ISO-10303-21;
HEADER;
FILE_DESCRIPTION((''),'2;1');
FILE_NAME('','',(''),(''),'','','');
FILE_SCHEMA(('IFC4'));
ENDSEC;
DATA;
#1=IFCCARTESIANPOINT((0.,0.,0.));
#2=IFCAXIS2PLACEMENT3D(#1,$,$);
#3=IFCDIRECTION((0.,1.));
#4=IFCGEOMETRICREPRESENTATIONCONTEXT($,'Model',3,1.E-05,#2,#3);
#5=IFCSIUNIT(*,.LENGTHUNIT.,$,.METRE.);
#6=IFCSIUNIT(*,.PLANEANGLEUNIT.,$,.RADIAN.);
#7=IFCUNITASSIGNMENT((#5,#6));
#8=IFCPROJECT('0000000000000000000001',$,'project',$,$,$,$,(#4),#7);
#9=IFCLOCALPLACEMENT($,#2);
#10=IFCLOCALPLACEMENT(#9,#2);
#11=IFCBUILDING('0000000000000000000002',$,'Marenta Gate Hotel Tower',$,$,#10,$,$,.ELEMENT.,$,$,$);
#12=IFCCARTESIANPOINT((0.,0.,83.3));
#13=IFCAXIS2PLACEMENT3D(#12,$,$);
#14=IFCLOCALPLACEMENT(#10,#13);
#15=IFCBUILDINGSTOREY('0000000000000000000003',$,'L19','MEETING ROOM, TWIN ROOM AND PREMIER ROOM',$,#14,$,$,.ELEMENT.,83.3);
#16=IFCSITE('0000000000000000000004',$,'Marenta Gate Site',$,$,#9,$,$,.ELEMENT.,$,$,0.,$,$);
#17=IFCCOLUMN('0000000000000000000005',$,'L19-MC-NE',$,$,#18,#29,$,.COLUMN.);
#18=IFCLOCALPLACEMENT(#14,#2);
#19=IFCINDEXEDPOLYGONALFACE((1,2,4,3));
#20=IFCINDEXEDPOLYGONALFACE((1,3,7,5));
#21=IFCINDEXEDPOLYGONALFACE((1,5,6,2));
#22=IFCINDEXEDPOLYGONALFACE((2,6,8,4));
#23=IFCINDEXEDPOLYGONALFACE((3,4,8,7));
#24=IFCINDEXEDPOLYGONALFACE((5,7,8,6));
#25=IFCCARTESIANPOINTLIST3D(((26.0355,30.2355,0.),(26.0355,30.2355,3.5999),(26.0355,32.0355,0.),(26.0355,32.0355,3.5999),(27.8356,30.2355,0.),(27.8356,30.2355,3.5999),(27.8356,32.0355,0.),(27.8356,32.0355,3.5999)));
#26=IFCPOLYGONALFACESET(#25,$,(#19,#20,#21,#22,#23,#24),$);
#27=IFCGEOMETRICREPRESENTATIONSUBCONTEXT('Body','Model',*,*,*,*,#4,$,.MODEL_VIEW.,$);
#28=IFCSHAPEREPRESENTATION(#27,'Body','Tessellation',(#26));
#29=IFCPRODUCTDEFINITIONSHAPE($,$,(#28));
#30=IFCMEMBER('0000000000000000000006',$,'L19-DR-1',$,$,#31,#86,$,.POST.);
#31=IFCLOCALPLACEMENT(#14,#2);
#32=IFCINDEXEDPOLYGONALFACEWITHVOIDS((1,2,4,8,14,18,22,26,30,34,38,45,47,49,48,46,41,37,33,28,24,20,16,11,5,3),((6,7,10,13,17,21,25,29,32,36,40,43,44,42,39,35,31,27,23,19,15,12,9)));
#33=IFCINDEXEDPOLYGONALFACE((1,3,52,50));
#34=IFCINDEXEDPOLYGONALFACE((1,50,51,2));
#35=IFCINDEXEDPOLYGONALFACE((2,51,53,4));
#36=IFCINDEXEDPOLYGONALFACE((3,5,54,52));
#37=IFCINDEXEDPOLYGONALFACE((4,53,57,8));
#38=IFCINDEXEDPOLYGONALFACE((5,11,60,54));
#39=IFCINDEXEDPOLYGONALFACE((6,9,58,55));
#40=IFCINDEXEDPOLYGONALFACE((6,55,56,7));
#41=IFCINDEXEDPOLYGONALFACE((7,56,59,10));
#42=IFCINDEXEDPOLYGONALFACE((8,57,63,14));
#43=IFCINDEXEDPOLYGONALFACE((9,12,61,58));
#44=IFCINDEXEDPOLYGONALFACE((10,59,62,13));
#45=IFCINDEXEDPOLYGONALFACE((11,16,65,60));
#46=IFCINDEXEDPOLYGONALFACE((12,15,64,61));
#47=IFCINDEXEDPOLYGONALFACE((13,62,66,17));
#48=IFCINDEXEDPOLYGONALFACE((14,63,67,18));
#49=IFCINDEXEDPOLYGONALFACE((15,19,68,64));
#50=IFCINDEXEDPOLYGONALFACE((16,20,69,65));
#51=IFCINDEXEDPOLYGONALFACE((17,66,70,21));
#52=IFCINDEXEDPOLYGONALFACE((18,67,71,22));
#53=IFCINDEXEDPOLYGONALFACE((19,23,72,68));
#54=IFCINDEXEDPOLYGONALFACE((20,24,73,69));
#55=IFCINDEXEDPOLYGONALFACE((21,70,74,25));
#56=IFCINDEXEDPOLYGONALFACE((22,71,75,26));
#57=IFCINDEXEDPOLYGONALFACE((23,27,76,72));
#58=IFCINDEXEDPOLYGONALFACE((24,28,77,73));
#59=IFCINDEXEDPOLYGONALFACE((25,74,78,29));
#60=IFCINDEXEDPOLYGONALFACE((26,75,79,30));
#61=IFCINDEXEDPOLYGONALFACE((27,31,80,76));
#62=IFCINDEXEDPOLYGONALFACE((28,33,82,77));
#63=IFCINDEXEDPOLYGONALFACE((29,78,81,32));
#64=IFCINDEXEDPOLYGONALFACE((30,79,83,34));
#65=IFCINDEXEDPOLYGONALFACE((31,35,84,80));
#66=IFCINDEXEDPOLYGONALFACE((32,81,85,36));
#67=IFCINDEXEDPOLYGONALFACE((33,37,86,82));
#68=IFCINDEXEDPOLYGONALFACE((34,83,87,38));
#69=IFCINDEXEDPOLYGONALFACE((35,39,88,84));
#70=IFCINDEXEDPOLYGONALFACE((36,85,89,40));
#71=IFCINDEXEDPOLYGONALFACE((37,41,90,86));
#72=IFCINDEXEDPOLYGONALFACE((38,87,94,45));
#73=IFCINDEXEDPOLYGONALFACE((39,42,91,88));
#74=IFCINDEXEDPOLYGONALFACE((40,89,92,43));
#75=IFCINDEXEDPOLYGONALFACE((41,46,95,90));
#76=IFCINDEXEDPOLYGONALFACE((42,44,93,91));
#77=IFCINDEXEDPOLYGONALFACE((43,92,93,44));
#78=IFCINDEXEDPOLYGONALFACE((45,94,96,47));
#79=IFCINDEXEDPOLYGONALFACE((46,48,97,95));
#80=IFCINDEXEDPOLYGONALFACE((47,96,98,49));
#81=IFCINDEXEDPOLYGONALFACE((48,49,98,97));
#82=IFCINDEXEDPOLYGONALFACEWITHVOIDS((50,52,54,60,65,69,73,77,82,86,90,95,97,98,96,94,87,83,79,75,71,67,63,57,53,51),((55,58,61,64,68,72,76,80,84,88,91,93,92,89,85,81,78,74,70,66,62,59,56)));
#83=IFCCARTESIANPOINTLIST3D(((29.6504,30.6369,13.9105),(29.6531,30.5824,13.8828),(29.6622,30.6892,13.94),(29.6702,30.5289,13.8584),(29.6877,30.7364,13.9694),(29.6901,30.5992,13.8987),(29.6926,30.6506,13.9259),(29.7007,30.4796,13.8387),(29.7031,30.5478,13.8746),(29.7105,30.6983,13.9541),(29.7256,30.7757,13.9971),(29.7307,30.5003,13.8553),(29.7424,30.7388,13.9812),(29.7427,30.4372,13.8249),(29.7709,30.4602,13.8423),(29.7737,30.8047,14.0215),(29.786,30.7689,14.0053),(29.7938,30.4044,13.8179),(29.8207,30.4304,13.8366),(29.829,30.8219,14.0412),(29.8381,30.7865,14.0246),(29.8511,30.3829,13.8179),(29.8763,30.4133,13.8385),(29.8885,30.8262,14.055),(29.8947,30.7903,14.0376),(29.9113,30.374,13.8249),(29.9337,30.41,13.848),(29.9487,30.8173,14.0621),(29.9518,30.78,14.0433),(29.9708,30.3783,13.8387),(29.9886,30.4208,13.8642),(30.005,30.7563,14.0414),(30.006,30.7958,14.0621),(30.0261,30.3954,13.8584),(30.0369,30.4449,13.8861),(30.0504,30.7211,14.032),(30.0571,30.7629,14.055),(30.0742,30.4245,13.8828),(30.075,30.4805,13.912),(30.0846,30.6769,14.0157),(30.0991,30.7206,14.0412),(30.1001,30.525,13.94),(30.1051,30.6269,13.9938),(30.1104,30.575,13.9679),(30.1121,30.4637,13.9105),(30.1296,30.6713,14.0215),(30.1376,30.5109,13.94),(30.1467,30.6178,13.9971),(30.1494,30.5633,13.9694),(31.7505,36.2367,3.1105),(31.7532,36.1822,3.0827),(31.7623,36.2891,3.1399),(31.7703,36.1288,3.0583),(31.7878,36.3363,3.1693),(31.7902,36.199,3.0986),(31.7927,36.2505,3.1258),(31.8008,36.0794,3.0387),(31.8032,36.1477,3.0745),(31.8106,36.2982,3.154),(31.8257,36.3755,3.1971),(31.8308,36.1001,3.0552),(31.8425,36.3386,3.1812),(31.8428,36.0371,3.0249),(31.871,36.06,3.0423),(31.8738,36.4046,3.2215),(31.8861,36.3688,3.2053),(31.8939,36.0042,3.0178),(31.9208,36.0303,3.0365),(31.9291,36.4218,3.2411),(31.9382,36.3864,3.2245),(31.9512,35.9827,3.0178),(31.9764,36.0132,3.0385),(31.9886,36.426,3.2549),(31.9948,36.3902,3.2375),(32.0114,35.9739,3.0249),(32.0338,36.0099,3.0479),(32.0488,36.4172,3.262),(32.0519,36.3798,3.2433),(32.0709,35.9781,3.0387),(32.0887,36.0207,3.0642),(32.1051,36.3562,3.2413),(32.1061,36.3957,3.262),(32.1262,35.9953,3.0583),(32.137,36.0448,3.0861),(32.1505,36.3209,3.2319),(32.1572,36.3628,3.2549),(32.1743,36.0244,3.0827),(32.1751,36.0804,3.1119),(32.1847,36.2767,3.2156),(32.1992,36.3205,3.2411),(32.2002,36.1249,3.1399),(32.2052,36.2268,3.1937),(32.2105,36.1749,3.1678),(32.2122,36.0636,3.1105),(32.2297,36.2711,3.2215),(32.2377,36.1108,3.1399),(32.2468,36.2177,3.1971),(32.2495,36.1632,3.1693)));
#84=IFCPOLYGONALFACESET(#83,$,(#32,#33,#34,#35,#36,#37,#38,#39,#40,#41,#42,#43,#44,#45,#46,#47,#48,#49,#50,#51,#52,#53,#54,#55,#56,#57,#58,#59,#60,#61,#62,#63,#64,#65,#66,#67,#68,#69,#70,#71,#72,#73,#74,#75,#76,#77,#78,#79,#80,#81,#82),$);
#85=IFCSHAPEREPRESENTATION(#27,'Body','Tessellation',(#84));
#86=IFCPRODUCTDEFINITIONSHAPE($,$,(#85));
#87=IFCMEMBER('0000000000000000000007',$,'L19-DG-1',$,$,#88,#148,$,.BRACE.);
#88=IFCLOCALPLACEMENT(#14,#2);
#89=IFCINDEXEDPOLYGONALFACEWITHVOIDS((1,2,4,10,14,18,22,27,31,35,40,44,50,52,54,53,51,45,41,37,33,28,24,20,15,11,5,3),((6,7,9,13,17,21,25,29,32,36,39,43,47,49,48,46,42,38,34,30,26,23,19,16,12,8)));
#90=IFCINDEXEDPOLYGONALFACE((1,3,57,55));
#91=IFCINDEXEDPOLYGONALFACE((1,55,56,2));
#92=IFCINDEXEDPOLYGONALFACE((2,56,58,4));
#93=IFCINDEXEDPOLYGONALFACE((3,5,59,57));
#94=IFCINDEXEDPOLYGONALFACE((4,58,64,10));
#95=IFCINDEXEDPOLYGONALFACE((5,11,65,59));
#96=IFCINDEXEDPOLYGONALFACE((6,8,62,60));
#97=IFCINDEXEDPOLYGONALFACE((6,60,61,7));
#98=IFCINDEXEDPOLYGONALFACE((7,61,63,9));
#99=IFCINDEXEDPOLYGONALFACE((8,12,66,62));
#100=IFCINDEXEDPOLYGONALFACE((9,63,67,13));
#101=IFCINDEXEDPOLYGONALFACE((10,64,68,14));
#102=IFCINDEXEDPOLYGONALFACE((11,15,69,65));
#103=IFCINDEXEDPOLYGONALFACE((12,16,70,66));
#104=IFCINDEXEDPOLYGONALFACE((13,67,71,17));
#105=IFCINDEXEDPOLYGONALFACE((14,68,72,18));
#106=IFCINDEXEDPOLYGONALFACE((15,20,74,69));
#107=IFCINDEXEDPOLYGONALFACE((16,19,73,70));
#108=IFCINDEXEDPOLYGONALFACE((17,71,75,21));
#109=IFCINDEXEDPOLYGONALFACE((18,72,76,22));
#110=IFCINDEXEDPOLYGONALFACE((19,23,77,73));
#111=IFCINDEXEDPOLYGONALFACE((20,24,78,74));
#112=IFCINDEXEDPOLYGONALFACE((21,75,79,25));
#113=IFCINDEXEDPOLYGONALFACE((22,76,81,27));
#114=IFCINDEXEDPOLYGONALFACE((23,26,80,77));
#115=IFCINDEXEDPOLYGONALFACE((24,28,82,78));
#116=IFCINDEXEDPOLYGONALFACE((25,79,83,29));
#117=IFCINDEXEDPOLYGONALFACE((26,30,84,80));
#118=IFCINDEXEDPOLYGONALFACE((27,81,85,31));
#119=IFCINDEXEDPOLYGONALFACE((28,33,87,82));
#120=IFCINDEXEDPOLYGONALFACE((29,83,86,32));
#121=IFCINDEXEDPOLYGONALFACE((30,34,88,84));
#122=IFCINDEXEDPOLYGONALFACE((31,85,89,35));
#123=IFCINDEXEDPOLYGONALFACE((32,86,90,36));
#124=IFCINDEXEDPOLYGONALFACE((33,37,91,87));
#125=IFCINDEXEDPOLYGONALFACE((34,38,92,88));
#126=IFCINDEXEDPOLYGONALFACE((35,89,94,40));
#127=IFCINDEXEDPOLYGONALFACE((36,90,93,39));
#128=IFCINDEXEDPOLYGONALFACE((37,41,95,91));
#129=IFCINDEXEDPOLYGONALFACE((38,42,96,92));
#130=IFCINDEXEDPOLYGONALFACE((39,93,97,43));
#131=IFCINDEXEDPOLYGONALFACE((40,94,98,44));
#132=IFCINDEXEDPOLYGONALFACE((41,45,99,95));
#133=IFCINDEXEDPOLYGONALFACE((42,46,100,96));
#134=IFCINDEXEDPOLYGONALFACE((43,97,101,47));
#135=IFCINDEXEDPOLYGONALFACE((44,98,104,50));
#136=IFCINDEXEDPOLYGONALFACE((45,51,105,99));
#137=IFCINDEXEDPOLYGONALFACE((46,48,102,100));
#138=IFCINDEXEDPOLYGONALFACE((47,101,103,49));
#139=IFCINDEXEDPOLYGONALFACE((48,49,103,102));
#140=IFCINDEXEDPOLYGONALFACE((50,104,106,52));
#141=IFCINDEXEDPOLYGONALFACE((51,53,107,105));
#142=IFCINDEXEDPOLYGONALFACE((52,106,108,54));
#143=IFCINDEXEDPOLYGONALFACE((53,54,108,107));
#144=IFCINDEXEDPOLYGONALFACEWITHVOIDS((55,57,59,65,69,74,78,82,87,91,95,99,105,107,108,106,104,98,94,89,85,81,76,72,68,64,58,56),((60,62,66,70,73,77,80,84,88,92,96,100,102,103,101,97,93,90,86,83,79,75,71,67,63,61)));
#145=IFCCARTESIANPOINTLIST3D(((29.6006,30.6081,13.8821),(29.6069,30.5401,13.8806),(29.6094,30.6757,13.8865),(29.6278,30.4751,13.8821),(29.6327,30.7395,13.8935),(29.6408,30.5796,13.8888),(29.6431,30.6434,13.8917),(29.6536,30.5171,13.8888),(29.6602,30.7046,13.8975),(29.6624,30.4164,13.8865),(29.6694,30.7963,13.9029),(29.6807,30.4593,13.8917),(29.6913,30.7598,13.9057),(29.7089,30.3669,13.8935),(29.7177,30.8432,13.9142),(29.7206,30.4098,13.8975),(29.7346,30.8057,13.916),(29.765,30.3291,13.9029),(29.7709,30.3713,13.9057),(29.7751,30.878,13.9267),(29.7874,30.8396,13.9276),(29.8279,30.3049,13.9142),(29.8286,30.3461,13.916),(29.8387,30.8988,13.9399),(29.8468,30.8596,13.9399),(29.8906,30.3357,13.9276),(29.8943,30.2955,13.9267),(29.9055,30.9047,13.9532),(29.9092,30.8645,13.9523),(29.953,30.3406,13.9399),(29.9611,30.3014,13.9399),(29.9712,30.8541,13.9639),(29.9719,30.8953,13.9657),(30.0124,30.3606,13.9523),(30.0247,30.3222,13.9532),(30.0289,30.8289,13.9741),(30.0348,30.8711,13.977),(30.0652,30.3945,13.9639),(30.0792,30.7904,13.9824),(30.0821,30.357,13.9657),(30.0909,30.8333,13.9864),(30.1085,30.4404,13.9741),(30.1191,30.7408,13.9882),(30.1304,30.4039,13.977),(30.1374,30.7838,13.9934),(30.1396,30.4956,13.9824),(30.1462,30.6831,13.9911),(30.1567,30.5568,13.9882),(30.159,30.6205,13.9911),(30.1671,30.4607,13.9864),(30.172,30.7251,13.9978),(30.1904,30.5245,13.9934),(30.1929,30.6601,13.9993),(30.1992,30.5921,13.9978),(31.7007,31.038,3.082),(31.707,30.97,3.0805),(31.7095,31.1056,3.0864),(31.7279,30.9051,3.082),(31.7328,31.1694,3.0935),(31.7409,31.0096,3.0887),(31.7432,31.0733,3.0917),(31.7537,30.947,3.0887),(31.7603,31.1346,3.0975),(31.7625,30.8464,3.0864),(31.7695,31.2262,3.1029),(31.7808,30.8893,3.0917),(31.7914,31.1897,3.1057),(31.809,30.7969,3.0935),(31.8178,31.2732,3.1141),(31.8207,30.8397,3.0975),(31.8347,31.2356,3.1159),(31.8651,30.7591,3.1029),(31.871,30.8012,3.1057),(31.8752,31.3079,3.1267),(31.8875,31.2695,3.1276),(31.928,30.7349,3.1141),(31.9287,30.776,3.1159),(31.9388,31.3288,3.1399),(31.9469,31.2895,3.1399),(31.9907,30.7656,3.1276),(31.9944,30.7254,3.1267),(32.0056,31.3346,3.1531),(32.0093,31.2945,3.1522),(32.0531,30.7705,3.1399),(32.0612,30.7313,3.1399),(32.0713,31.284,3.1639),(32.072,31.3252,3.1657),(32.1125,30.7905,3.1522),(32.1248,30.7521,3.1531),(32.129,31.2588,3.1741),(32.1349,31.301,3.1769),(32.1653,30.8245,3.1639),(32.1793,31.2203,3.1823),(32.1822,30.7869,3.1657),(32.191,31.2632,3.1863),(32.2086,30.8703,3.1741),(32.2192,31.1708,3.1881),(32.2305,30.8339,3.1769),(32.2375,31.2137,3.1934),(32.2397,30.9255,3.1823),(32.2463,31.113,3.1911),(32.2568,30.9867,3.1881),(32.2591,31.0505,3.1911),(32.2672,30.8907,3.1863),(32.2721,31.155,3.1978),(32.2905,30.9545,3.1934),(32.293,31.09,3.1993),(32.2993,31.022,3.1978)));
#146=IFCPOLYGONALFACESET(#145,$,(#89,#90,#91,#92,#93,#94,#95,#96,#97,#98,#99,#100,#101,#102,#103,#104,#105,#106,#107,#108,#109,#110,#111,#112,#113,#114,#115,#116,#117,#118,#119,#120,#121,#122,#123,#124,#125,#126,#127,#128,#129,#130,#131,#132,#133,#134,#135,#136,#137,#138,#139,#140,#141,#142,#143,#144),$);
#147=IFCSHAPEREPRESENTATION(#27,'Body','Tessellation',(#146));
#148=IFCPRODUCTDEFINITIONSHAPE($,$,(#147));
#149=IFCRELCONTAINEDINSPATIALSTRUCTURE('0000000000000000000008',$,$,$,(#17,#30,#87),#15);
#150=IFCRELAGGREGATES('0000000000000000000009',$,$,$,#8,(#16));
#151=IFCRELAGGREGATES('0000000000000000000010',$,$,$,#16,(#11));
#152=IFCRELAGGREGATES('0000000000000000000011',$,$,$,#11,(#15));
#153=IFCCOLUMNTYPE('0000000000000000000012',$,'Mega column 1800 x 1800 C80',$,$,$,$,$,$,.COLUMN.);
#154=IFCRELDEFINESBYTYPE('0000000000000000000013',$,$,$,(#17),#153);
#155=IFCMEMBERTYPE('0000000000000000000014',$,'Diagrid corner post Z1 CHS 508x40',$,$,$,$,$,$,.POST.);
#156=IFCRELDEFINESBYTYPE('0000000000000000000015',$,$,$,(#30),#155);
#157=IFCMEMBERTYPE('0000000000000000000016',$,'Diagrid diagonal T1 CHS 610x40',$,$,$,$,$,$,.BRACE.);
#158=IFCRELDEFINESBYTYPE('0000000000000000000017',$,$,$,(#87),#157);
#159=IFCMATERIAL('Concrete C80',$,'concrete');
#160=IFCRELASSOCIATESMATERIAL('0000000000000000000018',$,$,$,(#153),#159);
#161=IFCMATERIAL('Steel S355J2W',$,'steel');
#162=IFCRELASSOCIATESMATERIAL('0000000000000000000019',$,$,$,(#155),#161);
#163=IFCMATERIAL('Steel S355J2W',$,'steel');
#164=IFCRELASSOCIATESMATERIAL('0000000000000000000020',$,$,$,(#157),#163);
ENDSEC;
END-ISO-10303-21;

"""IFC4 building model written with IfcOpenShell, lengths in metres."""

from ifc_helpers import new_model, si_unit, direction, frame, origin, origin_2d, place, context, subcontext, project, spatial, rectangle, hollow_circle, extrude, material, material_profile, profile_set, type_object, element, save


model = new_model("IFC4")

# Units and contexts
model_context = context("Model", 3, precision=1e-05, world=origin(), true_north=direction((0.0, 1.0)))
body_context = subcontext(model_context, "Body", "Model", "MODEL_VIEW")
ifc_project = project(units=[si_unit("LENGTHUNIT", "METRE"), si_unit("PLANEANGLEUNIT", "RADIAN")], contexts=[model_context])

# Site, building, storey
site_placement = place(None, origin())
site = spatial("IfcSite", under=ifc_project, at=site_placement, Name="Marenta Gate Site", CompositionType="ELEMENT", RefElevation=0.0)
building_placement = place(site_placement, origin())
building = spatial("IfcBuilding", under=site, at=building_placement, Name="Marenta Gate Hotel Tower", CompositionType="ELEMENT")
storey_placement = place(building_placement, frame((0.0, 0.0, 83.3)))
storey = spatial("IfcBuildingStorey", under=building, at=storey_placement, Name="L19", Description="MEETING ROOM, TWIN ROOM AND PREMIER ROOM", CompositionType="ELEMENT", Elevation=83.3)

# Column
ifc_material_1 = material(Name="Concrete C80", Category="concrete")
ifc_material_profile_1 = material_profile(ifc_material_1, rectangle(XDim=1.8, YDim=1.8, at=origin_2d()), Name="1800 x 1800")
ifc_profile_set_1 = profile_set([ifc_material_profile_1], Name="Concrete C80")
column_type = type_object("IfcColumnType", Name="Mega column 1800 x 1800 C80", PredefinedType="COLUMN", material=ifc_profile_set_1)
column_placement = place(storey_placement, frame((26.9355, 31.1355, 0.0), z_axis=(0.0, 0.0, 1.0), x_axis=(1.0, 0.0, 0.0)))
element("IfcColumn", 1, at=column_placement, inside=storey, type_object=column_type, Name="L19-MC-NE", PredefinedType="COLUMN", context=body_context, shape_type="SweptSolid", body=[
    extrude(rectangle(XDim=1.8, YDim=1.8, at=origin_2d()), origin(), (0.0, 0.0, 1.0), 3.5999),
])

# Members
ifc_material_2 = material(Name="Steel S355J2W", Category="steel")
ifc_material_profile_2 = material_profile(ifc_material_2, hollow_circle(Radius=0.2539, WallThickness=0.04, at=origin_2d()), Name="CHS 508x40")
ifc_profile_set_2 = profile_set([ifc_material_profile_2], Name="Steel S355J2W")
member_type_1 = type_object("IfcMemberType", Name="Diagrid corner post Z1 CHS 508x40", PredefinedType="POST", material=ifc_profile_set_2)
member_1_placement = place(storey_placement, frame((32.0, 36.2, 3.1399), z_axis=(-0.170111, -0.453597, 0.874821), x_axis=(0.936321, -0.351146, 0.0)))
element("IfcMember", 2, at=member_1_placement, inside=storey, type_object=member_type_1, Name="L19-DR-1", PredefinedType="POST", context=body_context, shape_type="SweptSolid", body=[
    extrude(hollow_circle(Radius=0.2539, WallThickness=0.04, at=origin_2d()), origin(), (0.0, 0.0, 1.0), 12.3455),
])
ifc_material_3 = material(Name="Steel S355J2W", Category="steel")
ifc_material_profile_3 = material_profile(ifc_material_3, hollow_circle(Radius=0.3049, WallThickness=0.04, at=origin_2d()), Name="CHS 610x40")
ifc_profile_set_3 = profile_set([ifc_material_profile_3], Name="Steel S355J2W")
member_type_2 = type_object("IfcMemberType", Name="Diagrid diagonal T1 CHS 610x40", PredefinedType="BRACE", material=ifc_profile_set_3)
member_2_placement = place(storey_placement, frame((32.0, 31.03, 3.1399), z_axis=(-0.190732, -0.039047, 0.980865), x_axis=(0.20056, -0.979681, 0.0)))
element("IfcMember", 3, at=member_2_placement, inside=storey, type_object=member_type_2, Name="L19-DG-1", PredefinedType="BRACE", context=body_context, shape_type="SweptSolid", body=[
    extrude(hollow_circle(Radius=0.3049, WallThickness=0.04, at=origin_2d()), origin(), (0.0, 0.0, 1.0), 11.0107),
])

save(model, "model.ifc")
